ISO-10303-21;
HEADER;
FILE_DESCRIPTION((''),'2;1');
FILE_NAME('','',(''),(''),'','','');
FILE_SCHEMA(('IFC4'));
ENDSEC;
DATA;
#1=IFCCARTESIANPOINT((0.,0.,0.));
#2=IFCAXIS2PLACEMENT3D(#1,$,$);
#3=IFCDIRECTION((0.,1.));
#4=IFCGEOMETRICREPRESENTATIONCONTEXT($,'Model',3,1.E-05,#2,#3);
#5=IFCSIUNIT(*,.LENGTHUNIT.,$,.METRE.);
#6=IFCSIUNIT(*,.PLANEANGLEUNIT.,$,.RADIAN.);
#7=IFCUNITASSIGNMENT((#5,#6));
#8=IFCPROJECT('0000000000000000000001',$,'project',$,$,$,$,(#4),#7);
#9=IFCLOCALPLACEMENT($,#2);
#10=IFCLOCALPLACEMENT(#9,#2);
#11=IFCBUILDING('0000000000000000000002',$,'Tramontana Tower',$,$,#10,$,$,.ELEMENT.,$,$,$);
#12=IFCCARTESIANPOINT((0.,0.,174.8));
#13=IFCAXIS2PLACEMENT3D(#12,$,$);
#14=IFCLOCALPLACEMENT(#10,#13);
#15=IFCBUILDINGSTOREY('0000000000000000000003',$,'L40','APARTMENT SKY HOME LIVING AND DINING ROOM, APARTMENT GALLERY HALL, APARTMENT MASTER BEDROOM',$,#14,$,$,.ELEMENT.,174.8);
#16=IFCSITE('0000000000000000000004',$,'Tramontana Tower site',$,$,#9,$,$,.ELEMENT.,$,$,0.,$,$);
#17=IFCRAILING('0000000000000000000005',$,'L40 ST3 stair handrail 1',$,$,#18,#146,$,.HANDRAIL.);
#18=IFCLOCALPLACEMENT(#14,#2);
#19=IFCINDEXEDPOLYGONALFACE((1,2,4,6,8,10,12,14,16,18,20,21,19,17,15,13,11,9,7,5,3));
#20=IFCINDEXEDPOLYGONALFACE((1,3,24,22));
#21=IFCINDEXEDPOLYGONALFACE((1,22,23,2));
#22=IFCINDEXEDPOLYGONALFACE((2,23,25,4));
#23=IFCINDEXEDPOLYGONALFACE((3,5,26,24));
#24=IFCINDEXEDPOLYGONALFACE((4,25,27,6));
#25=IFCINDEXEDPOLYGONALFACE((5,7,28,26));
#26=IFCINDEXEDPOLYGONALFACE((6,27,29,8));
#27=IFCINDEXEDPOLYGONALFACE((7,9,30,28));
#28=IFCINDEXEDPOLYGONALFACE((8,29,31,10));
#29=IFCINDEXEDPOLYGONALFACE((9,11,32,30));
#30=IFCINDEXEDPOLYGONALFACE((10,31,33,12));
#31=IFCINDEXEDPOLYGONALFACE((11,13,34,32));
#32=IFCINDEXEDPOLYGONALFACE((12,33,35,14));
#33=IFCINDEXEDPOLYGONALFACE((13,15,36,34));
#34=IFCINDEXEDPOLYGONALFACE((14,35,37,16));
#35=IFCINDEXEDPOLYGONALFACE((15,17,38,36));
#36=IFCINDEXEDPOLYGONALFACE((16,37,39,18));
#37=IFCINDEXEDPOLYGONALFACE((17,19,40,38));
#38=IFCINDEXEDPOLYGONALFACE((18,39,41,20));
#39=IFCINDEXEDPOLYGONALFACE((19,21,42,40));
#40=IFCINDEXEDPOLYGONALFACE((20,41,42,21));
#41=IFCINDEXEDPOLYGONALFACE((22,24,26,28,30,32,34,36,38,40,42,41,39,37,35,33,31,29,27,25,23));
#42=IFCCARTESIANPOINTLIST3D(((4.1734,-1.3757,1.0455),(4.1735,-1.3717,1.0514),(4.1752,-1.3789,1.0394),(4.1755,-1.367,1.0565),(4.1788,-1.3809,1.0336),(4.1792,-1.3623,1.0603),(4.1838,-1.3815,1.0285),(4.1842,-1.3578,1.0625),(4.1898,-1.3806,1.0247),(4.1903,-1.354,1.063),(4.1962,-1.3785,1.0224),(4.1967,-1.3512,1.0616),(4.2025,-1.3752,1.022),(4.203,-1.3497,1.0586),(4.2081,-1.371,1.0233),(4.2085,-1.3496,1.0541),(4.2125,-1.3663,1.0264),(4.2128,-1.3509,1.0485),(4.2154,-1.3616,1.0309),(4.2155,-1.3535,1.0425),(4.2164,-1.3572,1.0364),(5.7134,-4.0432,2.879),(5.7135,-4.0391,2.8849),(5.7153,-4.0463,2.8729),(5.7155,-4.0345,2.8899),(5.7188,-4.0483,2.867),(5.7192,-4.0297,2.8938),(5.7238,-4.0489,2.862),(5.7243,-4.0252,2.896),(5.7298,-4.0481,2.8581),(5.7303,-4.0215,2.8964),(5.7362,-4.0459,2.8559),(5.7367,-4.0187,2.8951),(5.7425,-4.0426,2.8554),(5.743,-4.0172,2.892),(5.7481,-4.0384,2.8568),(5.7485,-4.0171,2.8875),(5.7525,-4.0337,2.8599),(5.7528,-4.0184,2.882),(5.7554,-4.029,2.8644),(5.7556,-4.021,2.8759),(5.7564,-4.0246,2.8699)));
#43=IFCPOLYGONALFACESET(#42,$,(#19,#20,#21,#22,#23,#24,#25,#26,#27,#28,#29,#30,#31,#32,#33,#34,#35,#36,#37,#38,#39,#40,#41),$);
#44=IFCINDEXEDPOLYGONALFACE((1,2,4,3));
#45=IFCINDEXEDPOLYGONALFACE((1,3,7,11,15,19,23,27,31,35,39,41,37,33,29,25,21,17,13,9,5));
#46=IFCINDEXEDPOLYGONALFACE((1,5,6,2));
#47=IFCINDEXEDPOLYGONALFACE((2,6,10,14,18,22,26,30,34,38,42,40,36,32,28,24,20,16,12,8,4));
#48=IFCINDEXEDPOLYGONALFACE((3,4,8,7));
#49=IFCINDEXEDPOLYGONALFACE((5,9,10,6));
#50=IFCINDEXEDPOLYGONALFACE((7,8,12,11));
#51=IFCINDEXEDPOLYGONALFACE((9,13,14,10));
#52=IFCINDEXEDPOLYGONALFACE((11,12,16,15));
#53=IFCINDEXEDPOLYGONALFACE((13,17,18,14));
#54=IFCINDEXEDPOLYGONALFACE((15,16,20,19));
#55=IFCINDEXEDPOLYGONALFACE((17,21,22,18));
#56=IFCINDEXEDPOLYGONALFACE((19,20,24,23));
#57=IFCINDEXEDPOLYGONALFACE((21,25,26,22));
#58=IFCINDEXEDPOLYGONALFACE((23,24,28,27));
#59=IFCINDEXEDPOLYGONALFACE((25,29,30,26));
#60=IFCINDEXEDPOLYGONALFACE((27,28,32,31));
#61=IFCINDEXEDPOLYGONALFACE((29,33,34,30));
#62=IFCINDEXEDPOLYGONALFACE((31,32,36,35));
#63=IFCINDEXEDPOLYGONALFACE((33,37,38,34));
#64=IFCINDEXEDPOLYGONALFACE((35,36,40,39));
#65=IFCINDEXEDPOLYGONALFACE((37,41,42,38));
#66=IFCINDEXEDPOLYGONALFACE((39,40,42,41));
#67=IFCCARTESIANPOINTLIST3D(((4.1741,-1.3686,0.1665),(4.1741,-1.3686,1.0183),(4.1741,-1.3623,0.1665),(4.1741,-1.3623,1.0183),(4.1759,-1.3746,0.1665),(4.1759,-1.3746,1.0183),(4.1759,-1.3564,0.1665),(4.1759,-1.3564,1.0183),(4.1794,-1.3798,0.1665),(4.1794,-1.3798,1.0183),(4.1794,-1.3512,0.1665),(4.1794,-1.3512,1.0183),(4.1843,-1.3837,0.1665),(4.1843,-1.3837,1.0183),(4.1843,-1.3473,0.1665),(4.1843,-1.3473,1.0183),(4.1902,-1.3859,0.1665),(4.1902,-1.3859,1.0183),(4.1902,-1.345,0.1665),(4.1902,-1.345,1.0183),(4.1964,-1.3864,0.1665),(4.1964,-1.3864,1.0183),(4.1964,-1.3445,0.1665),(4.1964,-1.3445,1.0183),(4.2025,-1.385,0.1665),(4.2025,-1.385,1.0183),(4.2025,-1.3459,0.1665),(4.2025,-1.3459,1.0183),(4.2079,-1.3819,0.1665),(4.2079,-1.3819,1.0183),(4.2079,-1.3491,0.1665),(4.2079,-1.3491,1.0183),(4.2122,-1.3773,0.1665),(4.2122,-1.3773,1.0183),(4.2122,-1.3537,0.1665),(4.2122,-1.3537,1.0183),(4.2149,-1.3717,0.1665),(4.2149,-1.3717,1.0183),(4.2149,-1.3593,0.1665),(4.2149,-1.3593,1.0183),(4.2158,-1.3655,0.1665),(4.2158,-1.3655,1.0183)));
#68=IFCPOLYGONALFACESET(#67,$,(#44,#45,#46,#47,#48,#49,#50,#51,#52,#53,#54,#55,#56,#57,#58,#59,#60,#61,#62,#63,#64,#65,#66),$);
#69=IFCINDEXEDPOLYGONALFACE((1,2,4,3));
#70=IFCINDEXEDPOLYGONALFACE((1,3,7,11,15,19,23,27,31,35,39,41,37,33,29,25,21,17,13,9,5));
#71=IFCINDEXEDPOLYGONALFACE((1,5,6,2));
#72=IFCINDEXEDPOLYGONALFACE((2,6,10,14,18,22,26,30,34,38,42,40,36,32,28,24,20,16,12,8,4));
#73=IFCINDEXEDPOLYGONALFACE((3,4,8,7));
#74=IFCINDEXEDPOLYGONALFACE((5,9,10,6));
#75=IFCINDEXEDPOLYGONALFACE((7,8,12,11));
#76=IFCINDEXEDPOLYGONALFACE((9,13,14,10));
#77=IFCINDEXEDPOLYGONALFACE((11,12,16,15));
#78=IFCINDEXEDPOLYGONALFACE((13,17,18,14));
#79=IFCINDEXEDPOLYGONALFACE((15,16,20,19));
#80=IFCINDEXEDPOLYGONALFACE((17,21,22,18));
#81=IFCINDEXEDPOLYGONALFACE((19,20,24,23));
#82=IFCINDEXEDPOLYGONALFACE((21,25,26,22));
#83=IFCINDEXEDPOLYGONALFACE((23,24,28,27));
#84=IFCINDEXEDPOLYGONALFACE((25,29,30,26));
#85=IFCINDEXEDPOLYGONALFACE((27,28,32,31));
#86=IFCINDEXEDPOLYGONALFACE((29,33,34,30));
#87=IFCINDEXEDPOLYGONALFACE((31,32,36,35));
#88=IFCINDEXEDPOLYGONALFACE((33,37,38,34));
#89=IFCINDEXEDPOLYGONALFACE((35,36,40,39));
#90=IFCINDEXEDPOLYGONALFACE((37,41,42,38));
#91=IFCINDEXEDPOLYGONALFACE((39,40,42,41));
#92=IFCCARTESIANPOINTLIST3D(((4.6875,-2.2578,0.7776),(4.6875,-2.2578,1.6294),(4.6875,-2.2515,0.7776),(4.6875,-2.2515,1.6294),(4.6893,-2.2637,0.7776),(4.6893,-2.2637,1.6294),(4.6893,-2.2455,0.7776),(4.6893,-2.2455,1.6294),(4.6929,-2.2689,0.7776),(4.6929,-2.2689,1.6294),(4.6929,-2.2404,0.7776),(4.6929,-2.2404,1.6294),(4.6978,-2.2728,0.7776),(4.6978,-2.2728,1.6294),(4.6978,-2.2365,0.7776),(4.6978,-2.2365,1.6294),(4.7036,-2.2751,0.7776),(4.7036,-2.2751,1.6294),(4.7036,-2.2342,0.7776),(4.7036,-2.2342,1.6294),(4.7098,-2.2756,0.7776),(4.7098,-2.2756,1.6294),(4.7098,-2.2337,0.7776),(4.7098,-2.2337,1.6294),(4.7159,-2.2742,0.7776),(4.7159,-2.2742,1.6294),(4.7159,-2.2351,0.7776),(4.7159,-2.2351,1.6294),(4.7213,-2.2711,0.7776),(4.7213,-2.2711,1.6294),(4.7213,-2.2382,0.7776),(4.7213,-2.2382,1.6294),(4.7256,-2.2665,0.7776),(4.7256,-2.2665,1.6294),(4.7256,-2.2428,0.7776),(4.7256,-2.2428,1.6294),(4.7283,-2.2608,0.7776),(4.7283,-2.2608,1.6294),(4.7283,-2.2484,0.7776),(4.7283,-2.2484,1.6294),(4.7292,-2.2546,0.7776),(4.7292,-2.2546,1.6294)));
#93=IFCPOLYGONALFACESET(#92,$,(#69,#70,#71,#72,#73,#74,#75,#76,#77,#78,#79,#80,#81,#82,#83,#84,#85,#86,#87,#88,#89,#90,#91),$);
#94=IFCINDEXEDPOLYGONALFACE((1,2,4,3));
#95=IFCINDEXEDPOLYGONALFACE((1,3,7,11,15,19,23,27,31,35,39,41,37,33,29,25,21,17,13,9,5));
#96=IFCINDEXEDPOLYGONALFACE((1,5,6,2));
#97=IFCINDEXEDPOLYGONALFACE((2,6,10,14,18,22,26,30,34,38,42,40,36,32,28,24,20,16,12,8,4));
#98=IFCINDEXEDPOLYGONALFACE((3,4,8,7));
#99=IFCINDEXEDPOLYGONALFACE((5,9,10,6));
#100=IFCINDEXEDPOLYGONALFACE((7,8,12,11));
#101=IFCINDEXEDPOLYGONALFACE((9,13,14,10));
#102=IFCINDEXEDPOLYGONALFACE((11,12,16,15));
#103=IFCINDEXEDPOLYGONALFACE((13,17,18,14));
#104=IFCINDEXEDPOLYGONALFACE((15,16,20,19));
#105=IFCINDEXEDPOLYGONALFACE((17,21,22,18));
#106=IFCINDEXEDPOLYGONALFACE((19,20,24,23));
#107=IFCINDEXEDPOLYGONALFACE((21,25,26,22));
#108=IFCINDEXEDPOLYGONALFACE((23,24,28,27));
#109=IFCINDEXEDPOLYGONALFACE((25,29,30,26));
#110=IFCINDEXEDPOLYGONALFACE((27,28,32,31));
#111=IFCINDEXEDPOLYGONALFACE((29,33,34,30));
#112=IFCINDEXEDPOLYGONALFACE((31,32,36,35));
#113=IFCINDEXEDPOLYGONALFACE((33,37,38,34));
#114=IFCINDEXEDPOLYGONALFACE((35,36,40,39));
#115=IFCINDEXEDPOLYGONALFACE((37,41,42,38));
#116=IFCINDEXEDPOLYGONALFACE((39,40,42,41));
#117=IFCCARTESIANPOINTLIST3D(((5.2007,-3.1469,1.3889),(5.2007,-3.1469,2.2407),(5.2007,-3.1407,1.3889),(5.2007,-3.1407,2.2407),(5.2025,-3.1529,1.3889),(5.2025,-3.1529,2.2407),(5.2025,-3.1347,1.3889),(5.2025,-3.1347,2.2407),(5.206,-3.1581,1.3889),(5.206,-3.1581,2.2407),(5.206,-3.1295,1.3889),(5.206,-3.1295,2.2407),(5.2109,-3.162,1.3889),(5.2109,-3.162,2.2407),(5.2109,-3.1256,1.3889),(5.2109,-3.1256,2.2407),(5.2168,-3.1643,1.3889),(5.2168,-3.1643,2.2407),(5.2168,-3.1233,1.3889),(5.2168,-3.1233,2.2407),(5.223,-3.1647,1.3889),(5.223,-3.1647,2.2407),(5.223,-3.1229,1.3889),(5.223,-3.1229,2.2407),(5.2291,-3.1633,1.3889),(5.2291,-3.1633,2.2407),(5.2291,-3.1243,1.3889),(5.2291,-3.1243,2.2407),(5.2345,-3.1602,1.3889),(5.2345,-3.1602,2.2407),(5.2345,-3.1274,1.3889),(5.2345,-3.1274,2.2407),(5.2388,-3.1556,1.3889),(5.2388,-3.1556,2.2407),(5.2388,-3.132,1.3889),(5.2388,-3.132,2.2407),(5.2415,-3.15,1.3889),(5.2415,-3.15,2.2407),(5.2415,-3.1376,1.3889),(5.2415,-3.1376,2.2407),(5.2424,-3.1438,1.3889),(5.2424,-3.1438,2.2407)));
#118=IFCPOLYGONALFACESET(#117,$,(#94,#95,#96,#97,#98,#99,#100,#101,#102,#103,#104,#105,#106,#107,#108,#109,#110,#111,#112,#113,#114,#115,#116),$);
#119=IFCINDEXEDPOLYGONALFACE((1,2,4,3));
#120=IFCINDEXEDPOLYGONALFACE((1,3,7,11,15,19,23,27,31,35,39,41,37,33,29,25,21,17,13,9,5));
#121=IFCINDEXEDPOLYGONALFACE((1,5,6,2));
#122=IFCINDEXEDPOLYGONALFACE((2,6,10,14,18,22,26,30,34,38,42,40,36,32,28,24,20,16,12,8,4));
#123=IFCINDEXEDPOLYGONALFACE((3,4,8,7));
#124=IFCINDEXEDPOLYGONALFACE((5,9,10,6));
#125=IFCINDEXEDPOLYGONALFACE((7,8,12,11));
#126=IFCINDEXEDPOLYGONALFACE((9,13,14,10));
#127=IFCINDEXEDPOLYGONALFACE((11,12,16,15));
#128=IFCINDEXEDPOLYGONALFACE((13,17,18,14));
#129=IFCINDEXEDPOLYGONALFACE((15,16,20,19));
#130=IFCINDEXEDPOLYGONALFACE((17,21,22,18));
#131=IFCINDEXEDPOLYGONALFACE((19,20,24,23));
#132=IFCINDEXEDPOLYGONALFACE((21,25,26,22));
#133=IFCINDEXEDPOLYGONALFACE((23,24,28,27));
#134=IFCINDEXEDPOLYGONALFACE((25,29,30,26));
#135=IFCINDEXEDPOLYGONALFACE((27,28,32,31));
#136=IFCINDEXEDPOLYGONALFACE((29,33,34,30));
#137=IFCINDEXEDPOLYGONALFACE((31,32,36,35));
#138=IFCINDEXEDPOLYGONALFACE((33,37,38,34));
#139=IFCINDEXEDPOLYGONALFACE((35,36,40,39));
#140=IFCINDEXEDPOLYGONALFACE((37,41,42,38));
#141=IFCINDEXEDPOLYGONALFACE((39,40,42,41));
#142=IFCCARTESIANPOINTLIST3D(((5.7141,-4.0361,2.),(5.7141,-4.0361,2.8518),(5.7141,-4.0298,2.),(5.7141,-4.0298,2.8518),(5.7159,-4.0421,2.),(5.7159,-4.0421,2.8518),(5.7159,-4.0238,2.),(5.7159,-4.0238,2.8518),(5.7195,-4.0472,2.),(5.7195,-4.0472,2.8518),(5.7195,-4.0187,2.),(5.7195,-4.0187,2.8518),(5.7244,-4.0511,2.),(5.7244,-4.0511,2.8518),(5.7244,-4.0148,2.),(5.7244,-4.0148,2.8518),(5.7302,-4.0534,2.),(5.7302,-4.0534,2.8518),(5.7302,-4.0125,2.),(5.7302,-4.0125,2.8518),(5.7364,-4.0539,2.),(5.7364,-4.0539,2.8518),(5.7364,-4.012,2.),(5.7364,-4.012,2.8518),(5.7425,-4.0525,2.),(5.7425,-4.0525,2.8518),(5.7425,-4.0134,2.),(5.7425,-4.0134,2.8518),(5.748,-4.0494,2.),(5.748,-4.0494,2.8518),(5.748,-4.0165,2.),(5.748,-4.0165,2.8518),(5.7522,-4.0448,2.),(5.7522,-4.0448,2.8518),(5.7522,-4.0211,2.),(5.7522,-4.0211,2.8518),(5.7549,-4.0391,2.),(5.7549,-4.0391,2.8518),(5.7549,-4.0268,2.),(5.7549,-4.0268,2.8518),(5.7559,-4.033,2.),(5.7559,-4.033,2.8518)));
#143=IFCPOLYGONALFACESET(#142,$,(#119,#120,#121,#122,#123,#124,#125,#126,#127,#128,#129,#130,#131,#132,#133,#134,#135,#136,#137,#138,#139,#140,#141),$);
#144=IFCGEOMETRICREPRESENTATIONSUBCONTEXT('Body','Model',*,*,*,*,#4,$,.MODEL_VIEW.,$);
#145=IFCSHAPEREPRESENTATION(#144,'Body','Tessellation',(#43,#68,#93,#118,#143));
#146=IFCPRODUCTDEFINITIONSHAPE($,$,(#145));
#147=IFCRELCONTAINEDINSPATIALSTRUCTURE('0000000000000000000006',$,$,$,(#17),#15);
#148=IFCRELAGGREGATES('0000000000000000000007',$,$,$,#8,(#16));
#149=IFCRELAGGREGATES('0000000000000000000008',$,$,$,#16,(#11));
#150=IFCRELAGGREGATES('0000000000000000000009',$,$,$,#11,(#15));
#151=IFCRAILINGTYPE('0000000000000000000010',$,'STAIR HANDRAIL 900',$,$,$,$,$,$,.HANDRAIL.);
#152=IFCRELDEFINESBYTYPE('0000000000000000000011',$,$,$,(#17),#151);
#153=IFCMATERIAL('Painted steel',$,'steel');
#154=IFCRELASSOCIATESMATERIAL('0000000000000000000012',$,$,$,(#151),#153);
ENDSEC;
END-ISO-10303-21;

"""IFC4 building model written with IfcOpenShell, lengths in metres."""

from ifc_helpers import new_model, si_unit, direction, frame, origin, origin_2d, place, context, subcontext, project, spatial, circle, extrude, material, type_object, element, save


model = new_model("IFC4")

# Units and contexts
model_context = context("Model", 3, precision=1e-05, world=origin(), true_north=direction((0.0, 1.0)))
body_context = subcontext(model_context, "Body", "Model", "MODEL_VIEW")
ifc_project = project(units=[si_unit("LENGTHUNIT", "METRE"), si_unit("PLANEANGLEUNIT", "RADIAN")], contexts=[model_context])

# Site, building, storey
site_placement = place(None, origin())
site = spatial("IfcSite", under=ifc_project, at=site_placement, Name="Tramontana Tower site", CompositionType="ELEMENT", RefElevation=0.0)
building_placement = place(site_placement, origin())
building = spatial("IfcBuilding", under=site, at=building_placement, Name="Tramontana Tower", CompositionType="ELEMENT")
storey_placement = place(building_placement, frame((0.0, 0.0, 174.8)))
storey = spatial("IfcBuildingStorey", under=building, at=storey_placement, Name="L40", Description="APARTMENT SKY HOME LIVING AND DINING ROOM, APARTMENT GALLERY HALL, APARTMENT MASTER BEDROOM", CompositionType="ELEMENT", Elevation=174.8)

# Railing
ifc_material_1 = material(Name="Painted steel", Category="steel")
railing_type_1 = type_object("IfcRailingType", Name="STAIR HANDRAIL 900", PredefinedType="HANDRAIL", material=ifc_material_1)
railing_1_placement = place(storey_placement, frame((4.1948, -1.3655, 0.1665)))
element("IfcRailing", 1, at=railing_1_placement, inside=storey, type_object=railing_type_1, Name="L40 ST3 stair handrail 1", PredefinedType="HANDRAIL", context=body_context, shape_type="SweptSolid", body=[
    extrude(circle(Radius=0.0239, at=origin_2d()), frame((0.0, 0.0, 0.876), z_axis=(0.429634, -0.744164, 0.511502), x_axis=(0.86603, 0.499992, 0.0)), (0.0, 0.0, 1.0), 3.5845),
    extrude(circle(Radius=0.021, at=origin_2d()), origin(), (0.0, 0.0, 1.0), 0.8518),
    extrude(circle(Radius=0.021, at=origin_2d()), frame((0.5134, -0.8892, 0.6111)), (0.0, 0.0, 1.0), 0.8518),
    extrude(circle(Radius=0.021, at=origin_2d()), frame((1.0266, -1.7783, 1.2224)), (0.0, 0.0, 1.0), 0.8518),
    extrude(circle(Radius=0.021, at=origin_2d()), frame((1.54, -2.6675, 1.8335)), (0.0, 0.0, 1.0), 0.8518),
])

save(model, "model.ifc")
